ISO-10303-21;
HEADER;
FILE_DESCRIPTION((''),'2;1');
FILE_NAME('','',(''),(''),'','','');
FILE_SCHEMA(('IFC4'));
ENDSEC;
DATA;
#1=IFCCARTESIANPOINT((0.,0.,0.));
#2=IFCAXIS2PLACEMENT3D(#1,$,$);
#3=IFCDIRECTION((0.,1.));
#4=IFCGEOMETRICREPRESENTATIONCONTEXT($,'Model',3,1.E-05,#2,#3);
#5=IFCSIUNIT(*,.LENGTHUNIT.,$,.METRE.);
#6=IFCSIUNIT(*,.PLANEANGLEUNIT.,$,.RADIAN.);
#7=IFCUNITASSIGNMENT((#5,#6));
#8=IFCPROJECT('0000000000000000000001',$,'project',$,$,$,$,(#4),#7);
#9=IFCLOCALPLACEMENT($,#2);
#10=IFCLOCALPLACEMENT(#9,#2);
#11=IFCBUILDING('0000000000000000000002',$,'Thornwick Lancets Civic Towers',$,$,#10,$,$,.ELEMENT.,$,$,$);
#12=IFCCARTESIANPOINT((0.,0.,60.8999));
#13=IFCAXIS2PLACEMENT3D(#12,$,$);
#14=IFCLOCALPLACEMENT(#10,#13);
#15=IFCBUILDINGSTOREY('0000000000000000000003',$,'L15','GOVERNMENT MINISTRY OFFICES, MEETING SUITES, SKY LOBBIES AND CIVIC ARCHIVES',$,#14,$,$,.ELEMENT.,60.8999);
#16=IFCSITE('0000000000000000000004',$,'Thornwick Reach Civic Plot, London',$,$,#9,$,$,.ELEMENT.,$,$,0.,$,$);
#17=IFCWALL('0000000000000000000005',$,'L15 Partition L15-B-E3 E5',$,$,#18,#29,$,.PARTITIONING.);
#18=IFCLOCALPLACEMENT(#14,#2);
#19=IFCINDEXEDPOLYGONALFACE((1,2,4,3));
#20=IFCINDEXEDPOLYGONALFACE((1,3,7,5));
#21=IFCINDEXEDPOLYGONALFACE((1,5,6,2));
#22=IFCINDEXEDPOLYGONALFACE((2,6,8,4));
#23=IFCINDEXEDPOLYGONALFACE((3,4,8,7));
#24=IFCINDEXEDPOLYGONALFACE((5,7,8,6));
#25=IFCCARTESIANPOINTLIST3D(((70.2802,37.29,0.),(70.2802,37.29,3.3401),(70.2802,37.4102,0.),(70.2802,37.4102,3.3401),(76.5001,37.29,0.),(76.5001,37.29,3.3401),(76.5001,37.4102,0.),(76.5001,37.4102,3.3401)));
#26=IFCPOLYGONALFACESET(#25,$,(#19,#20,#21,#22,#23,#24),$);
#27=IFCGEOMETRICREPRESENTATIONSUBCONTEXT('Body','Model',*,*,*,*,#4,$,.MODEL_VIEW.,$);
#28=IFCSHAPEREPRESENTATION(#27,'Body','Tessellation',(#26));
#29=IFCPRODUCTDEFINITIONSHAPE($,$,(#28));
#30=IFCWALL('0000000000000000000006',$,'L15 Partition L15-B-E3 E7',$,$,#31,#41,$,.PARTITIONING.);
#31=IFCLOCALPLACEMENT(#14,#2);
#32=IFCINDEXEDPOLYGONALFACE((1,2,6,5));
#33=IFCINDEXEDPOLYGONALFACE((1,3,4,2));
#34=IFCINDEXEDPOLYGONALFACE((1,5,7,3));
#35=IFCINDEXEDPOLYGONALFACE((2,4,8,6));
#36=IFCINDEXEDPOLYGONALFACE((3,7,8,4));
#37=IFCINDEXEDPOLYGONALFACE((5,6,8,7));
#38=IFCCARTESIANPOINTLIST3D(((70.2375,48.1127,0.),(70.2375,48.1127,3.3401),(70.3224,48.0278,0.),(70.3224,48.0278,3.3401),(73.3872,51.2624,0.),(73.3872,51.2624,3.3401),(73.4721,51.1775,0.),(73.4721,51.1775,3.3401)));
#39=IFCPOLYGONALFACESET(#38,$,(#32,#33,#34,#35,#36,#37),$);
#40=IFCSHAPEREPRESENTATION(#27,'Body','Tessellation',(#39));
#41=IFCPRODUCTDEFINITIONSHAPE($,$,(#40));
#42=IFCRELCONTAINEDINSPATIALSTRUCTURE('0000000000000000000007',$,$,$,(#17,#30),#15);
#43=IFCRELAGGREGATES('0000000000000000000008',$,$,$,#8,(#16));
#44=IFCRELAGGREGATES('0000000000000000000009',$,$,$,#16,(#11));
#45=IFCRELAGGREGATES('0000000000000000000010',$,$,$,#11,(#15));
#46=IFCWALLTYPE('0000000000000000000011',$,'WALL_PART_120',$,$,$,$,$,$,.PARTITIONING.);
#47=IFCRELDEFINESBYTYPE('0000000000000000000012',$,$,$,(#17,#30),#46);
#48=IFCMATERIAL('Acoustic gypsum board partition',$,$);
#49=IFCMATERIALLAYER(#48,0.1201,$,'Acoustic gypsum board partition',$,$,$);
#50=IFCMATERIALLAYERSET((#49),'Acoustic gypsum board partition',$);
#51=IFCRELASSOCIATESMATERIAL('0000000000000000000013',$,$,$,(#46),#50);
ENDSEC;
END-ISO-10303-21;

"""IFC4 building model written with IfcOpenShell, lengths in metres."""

from ifc_helpers import new_model, si_unit, direction, frame, frame_2d, origin, place, context, subcontext, project, spatial, rectangle, extrude, material, layer, layer_set, type_object, element, save


model = new_model("IFC4")

# Units and contexts
model_context = context("Model", 3, precision=1e-05, world=origin(), true_north=direction((0.0, 1.0)))
body_context = subcontext(model_context, "Body", "Model", "MODEL_VIEW")
ifc_project = project(units=[si_unit("LENGTHUNIT", "METRE"), si_unit("PLANEANGLEUNIT", "RADIAN")], contexts=[model_context])

# Site, building, storey
site_placement = place(None, origin())
site = spatial("IfcSite", under=ifc_project, at=site_placement, Name="Thornwick Reach Civic Plot, London", CompositionType="ELEMENT", RefElevation=0.0)
building_placement = place(site_placement, origin())
building = spatial("IfcBuilding", under=site, at=building_placement, Name="Thornwick Lancets Civic Towers", CompositionType="ELEMENT")
storey_placement = place(building_placement, frame((0.0, 0.0, 60.8999)))
storey = spatial("IfcBuildingStorey", under=building, at=storey_placement, Name="L15", Description="GOVERNMENT MINISTRY OFFICES, MEETING SUITES, SKY LOBBIES AND CIVIC ARCHIVES", CompositionType="ELEMENT", Elevation=60.8999)

# Walls
ifc_material_1 = material(Name="Acoustic gypsum board partition")
ifc_layer_1 = layer(ifc_material_1, 0.1201, Name="Acoustic gypsum board partition")
ifc_layer_set_1 = layer_set([ifc_layer_1], Name="Acoustic gypsum board partition")
wall_type_1 = type_object("IfcWallType", Name="WALL_PART_120", PredefinedType="PARTITIONING", material=ifc_layer_set_1)
wall_1_placement = place(storey_placement, frame((76.5, 37.3501, 0.0), z_axis=(0.0, 0.0, 1.0), x_axis=(-1.0, 0.0, 0.0)))
element("IfcWall", 1, at=wall_1_placement, inside=storey, type_object=wall_type_1, Name="L15 Partition L15-B-E3 E5", PredefinedType="PARTITIONING", context=body_context, shape_type="SweptSolid", body=[
    extrude(rectangle(XDim=6.22, YDim=0.1201, at=frame_2d((3.1099, 0.0))), origin(), (0.0, 0.0, 1.0), 3.3401),
])
wall_2_placement = place(storey_placement, frame((70.28, 48.0703, 0.0), z_axis=(0.0, 0.0, 1.0), x_axis=(0.707107, 0.707107, 0.0)))
element("IfcWall", 2, at=wall_2_placement, inside=storey, type_object=wall_type_1, Name="L15 Partition L15-B-E3 E7", PredefinedType="PARTITIONING", context=body_context, shape_type="SweptSolid", body=[
    extrude(rectangle(XDim=4.4543, YDim=0.1201, at=frame_2d((2.2271, 0.0))), origin(), (0.0, 0.0, 1.0), 3.3401),
])

save(model, "model.ifc")
